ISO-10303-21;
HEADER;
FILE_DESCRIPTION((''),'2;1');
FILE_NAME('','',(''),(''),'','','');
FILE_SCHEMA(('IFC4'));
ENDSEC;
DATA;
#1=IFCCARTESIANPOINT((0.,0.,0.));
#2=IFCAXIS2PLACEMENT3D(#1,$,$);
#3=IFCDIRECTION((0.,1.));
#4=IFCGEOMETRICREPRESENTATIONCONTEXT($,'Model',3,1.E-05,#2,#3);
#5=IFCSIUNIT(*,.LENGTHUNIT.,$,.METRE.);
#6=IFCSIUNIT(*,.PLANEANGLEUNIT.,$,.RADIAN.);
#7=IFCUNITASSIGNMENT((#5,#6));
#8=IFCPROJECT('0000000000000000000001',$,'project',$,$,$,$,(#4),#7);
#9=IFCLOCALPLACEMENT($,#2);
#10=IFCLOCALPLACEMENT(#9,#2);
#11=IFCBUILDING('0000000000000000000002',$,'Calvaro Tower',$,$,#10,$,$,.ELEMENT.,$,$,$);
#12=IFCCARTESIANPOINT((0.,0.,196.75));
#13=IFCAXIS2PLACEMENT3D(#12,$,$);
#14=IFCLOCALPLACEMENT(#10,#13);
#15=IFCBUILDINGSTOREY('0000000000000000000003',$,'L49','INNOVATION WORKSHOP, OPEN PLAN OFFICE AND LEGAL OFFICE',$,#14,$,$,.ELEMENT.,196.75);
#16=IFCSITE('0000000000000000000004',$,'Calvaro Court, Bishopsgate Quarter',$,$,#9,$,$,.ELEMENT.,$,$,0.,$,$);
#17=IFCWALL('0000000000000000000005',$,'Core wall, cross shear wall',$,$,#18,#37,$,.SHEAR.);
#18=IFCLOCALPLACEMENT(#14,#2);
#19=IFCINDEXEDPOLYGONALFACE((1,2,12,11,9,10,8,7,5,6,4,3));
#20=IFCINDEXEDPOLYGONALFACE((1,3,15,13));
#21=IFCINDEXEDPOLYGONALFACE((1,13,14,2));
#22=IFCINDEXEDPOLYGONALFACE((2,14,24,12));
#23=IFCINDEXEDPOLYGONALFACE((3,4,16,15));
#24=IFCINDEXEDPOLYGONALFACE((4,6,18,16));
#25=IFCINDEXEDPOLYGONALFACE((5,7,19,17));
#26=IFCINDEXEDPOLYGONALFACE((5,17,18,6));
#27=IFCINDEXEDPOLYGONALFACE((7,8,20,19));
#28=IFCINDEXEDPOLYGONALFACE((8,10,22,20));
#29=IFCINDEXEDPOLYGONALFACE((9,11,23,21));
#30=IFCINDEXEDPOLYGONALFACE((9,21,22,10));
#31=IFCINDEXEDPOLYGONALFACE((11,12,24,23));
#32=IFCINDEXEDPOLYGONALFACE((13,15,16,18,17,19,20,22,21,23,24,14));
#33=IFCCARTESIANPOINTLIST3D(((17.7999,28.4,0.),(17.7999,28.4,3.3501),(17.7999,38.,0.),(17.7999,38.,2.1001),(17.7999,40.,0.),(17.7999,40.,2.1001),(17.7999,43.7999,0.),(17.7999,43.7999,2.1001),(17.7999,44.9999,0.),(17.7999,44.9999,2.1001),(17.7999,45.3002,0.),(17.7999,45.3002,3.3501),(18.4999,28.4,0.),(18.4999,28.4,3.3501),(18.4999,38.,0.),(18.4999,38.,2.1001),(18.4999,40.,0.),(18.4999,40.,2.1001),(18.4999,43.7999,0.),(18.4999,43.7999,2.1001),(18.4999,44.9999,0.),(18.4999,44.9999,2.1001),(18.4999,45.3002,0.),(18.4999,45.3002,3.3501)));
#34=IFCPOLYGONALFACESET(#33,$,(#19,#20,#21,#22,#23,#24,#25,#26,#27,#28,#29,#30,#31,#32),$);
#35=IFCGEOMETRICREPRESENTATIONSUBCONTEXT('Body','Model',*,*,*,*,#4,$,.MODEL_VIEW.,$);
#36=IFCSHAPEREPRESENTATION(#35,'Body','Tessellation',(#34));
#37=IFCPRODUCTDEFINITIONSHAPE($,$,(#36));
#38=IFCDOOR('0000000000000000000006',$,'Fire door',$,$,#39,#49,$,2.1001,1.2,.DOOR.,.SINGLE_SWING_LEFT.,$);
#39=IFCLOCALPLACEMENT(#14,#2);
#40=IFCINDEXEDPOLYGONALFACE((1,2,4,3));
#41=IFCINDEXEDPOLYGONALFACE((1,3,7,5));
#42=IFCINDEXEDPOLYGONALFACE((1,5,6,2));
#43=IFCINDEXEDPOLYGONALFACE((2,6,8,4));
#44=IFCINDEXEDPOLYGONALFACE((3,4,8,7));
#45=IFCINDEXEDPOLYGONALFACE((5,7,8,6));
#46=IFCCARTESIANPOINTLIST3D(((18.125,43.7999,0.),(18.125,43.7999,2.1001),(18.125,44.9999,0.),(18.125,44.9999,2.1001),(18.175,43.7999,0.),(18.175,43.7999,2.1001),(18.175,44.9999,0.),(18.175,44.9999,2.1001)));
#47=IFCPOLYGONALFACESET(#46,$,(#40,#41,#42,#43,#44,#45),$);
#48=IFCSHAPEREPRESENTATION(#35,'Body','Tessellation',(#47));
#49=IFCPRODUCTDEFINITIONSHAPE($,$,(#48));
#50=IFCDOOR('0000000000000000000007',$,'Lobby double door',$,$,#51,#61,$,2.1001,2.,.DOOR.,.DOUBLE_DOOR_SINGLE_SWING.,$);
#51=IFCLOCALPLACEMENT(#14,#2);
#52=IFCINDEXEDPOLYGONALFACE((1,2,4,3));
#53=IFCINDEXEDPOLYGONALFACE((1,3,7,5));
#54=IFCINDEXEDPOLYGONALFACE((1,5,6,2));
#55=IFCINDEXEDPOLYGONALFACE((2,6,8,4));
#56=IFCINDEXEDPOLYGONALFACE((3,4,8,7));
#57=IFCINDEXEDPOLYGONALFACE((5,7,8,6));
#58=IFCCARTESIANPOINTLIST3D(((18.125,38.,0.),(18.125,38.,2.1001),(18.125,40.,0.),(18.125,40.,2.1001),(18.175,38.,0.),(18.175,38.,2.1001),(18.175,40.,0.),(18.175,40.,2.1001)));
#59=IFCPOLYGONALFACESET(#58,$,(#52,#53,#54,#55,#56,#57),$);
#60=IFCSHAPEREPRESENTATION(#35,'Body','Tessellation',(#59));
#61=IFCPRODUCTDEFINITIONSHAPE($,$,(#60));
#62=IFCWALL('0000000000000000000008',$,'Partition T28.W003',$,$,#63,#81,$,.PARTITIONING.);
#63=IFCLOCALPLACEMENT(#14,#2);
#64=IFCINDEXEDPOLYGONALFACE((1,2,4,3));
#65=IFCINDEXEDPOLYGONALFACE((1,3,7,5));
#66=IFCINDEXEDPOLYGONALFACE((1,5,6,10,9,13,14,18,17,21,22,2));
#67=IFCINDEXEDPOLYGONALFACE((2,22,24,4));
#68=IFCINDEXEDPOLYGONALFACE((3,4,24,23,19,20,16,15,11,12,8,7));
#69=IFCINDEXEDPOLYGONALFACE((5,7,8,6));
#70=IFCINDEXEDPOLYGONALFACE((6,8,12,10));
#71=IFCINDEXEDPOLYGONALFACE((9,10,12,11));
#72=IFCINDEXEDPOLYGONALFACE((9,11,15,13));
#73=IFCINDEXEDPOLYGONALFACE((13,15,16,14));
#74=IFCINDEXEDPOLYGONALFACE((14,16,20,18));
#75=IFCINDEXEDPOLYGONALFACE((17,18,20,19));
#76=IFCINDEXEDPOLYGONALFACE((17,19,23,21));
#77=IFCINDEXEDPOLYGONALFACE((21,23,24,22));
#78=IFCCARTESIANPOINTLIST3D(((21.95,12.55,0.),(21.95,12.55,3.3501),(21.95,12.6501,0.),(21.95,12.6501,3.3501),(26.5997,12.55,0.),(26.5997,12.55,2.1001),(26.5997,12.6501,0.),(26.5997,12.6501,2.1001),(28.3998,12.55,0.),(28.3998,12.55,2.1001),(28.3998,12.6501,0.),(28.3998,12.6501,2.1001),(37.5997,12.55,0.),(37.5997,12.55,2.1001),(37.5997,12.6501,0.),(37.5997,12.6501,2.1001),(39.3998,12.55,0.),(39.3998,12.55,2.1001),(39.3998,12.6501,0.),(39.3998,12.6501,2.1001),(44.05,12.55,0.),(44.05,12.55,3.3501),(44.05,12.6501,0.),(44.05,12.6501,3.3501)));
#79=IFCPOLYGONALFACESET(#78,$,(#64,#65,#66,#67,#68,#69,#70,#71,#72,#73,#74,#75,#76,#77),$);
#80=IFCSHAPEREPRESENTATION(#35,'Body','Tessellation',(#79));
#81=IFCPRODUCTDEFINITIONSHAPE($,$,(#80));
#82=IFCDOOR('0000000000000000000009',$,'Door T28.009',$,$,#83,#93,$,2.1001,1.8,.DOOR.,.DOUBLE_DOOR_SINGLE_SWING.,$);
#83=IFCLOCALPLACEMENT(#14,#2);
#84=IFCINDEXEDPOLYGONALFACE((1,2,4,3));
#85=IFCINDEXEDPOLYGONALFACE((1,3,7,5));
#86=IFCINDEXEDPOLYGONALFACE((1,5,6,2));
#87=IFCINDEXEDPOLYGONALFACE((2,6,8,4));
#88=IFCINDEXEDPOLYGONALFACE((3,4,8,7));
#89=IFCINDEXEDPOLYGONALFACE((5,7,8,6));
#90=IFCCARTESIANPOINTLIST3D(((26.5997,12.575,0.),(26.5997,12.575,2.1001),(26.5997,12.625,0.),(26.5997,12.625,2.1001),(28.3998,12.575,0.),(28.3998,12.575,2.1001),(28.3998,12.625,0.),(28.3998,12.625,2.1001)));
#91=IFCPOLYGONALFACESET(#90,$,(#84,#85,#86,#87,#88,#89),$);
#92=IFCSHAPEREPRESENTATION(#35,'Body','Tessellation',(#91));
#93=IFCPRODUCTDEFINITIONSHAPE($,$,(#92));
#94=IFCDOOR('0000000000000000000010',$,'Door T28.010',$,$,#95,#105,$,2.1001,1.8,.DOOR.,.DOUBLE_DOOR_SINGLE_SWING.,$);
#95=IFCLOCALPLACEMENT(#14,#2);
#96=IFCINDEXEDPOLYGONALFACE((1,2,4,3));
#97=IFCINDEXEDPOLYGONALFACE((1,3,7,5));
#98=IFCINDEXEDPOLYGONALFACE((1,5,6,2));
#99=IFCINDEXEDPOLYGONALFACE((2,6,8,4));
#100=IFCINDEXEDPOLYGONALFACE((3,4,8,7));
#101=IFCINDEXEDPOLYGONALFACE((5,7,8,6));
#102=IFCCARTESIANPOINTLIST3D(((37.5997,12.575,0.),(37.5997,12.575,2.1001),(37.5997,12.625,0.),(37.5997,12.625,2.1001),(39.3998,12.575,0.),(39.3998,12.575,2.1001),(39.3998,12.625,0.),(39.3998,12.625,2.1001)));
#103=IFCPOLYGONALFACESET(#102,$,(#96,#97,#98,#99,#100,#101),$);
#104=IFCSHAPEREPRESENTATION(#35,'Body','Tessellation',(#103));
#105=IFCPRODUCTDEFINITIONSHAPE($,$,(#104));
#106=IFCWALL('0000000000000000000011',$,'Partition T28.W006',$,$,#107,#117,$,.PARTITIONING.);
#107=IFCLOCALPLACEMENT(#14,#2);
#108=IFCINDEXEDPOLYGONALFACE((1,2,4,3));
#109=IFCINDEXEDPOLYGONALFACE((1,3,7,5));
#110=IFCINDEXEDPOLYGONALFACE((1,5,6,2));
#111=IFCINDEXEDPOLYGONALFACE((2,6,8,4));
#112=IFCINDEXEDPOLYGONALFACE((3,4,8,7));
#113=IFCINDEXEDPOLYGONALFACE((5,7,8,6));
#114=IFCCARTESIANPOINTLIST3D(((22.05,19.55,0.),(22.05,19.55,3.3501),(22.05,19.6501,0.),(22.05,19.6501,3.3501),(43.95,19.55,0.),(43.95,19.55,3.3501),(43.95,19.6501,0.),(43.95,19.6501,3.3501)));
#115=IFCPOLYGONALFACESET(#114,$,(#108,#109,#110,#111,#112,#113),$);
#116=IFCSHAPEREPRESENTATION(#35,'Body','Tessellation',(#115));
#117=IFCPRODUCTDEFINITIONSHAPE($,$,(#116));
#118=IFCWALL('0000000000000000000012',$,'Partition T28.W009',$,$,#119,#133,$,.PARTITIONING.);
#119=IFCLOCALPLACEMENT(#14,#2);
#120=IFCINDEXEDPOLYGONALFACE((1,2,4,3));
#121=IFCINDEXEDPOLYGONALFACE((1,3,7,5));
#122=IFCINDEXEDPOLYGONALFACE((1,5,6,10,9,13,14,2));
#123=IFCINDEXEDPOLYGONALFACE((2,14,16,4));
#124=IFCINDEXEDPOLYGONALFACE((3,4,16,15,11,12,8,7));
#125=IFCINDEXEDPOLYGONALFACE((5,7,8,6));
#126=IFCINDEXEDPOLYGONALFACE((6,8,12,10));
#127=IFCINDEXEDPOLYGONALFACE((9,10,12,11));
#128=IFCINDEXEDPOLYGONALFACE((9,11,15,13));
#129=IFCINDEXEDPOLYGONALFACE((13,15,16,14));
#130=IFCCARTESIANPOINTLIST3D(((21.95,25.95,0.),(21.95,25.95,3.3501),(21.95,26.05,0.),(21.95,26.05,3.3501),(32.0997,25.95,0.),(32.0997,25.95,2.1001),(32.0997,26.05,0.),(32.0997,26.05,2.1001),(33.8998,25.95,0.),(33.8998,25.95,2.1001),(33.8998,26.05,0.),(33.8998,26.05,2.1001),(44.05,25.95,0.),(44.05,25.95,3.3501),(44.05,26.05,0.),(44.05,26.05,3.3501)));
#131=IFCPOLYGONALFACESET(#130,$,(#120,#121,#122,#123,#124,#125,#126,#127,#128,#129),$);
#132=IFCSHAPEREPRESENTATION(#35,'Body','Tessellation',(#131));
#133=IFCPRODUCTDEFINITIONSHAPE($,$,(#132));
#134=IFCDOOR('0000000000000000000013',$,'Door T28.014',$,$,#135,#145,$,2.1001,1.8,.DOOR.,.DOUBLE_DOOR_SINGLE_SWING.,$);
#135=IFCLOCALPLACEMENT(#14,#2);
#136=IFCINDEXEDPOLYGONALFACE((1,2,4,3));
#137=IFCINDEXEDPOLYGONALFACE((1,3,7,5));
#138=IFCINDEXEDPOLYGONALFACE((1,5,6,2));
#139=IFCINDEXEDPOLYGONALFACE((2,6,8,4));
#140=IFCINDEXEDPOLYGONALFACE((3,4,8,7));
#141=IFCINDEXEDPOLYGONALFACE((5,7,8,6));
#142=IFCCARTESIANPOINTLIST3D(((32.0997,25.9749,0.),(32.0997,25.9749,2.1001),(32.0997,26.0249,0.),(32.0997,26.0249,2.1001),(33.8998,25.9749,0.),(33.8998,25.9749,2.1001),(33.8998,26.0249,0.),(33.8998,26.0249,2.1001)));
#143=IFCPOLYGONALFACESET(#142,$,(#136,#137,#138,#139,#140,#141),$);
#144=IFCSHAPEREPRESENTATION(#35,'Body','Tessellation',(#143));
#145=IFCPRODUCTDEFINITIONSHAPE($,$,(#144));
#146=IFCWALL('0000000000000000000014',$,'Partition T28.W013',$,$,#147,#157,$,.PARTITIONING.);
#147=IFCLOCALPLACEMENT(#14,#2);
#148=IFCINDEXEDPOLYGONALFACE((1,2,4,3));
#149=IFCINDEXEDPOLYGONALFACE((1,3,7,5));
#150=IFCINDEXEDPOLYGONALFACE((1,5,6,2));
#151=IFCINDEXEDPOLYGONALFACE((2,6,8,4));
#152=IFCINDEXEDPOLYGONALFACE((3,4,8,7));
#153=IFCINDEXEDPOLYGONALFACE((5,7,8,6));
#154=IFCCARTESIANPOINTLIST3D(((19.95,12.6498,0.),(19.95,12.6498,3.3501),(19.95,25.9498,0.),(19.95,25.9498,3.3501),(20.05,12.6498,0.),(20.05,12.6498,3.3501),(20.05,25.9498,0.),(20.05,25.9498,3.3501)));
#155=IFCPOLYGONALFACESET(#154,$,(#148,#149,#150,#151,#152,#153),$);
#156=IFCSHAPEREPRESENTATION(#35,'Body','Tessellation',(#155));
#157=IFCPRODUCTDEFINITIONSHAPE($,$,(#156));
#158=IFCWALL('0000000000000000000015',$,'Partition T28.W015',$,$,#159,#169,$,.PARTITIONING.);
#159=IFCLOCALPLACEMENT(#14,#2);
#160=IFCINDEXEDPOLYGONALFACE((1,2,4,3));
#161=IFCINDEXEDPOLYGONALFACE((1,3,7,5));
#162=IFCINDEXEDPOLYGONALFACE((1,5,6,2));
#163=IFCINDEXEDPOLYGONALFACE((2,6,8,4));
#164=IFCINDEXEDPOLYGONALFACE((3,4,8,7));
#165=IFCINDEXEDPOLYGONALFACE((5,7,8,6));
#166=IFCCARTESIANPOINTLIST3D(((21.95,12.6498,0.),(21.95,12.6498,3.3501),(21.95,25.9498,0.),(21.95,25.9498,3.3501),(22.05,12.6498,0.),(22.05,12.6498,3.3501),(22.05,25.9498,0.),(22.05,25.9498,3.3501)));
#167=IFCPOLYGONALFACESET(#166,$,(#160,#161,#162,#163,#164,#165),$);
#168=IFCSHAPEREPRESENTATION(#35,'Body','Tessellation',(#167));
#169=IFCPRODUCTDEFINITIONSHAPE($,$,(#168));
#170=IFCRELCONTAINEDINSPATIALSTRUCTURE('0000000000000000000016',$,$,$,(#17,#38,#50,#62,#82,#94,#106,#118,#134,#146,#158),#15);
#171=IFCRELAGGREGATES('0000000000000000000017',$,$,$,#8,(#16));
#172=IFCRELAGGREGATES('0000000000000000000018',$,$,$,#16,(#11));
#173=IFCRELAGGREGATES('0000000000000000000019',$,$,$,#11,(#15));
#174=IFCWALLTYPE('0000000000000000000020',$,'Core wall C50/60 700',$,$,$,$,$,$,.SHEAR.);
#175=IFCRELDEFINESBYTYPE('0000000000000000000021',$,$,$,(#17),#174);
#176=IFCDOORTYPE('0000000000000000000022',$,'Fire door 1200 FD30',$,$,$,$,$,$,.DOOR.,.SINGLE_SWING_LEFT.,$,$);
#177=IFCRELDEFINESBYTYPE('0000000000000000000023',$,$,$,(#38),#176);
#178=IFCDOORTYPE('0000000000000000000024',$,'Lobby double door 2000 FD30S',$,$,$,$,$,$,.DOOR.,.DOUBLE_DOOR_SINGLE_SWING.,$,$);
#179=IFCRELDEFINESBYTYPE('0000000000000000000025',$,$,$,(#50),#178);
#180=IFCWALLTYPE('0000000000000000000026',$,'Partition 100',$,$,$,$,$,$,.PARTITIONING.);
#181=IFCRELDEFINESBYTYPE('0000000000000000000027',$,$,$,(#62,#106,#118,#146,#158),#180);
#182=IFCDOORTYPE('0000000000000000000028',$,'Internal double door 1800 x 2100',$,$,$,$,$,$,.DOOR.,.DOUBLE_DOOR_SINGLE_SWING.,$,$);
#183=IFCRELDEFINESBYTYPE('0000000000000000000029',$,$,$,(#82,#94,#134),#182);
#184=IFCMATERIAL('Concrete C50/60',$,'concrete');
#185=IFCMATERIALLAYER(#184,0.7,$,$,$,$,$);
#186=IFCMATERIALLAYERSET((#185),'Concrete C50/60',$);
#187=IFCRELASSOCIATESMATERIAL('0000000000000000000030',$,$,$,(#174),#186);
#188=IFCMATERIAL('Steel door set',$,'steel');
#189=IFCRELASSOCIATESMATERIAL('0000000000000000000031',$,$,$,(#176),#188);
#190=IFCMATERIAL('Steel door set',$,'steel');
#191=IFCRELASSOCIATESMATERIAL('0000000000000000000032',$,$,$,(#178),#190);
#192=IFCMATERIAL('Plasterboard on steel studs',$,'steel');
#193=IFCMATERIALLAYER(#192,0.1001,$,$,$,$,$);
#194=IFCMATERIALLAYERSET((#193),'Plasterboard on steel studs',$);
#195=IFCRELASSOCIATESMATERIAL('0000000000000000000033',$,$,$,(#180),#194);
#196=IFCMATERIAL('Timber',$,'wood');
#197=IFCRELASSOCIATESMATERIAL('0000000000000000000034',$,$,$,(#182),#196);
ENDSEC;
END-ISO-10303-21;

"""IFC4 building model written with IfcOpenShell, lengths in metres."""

from ifc_helpers import new_model, si_unit, direction, frame, frame_2d, origin, place, context, subcontext, project, spatial, rectangle, extrude, material, layer, layer_set, type_object, element, fill, save


model = new_model("IFC4")

# Units and contexts
model_context = context("Model", 3, precision=1e-05, world=origin(), true_north=direction((0.0, 1.0)))
body_context = subcontext(model_context, "Body", "Model", "MODEL_VIEW")
ifc_project = project(units=[si_unit("LENGTHUNIT", "METRE"), si_unit("PLANEANGLEUNIT", "RADIAN")], contexts=[model_context])

# Site, building, storey
site_placement = place(None, origin())
site = spatial("IfcSite", under=ifc_project, at=site_placement, Name="Calvaro Court, Bishopsgate Quarter", CompositionType="ELEMENT", RefElevation=0.0)
building_placement = place(site_placement, origin())
building = spatial("IfcBuilding", under=site, at=building_placement, Name="Calvaro Tower", CompositionType="ELEMENT")
storey_placement = place(building_placement, frame((0.0, 0.0, 196.75)))
storey = spatial("IfcBuildingStorey", under=building, at=storey_placement, Name="L49", Description="INNOVATION WORKSHOP, OPEN PLAN OFFICE AND LEGAL OFFICE", CompositionType="ELEMENT", Elevation=196.75)

# Walls, openings, doors
ifc_material_1 = material(Name="Concrete C50/60", Category="concrete")
ifc_layer_1 = layer(ifc_material_1, 0.7)
ifc_layer_set_1 = layer_set([ifc_layer_1], Name="Concrete C50/60")
wall_type_1 = type_object("IfcWallType", Name="Core wall C50/60 700", PredefinedType="SHEAR", material=ifc_layer_set_1)
wall_1_placement = place(storey_placement, frame((18.1499, 28.3999, 0.0), z_axis=(0.0, 0.0, 1.0), x_axis=(0.0, 1.0, 0.0)))
wall_1 = element("IfcWall", 1, at=wall_1_placement, inside=storey, type_object=wall_type_1, Name="Core wall, cross shear wall", PredefinedType="SHEAR", context=body_context, shape_type="SweptSolid", body=[
    extrude(rectangle(XDim=16.9001, YDim=0.7, at=frame_2d((8.4502, 0.0))), origin(), (0.0, 0.0, 1.0), 3.3501),
])
opening_1_placement = place(wall_1_placement, frame((9.6001, 0.0, 0.0)))
opening_1 = element("IfcOpeningElement", 2, at=opening_1_placement, cuts=wall_1, PredefinedType="OPENING", context=body_context, shape_type="SweptSolid", body=[
    extrude(rectangle(XDim=2.0, YDim=2.1001, at=frame_2d((1.0, 1.05))), frame((0.0, 0.3599, 0.0), z_axis=(0.0, -1.0, 0.0), x_axis=(1.0, 0.0, 0.0)), (0.0, 0.0, 1.0), 0.72),
])
opening_2_placement = place(wall_1_placement, frame((15.3999, 0.0, 0.0)))
opening_2 = element("IfcOpeningElement", 3, at=opening_2_placement, cuts=wall_1, PredefinedType="OPENING", context=body_context, shape_type="SweptSolid", body=[
    extrude(rectangle(XDim=1.2, YDim=2.1001, at=frame_2d((0.6001, 1.05))), frame((0.0, 0.3599, 0.0), z_axis=(0.0, -1.0, 0.0), x_axis=(1.0, 0.0, 0.0)), (0.0, 0.0, 1.0), 0.72),
])
ifc_material_2 = material(Name="Steel door set", Category="steel")
door_type_1 = type_object("IfcDoorType", Name="Fire door 1200 FD30", OperationType="SINGLE_SWING_LEFT", PredefinedType="DOOR", material=ifc_material_2)
door_1_placement = place(opening_2_placement, origin())
door_1 = element("IfcDoor", 4, at=door_1_placement, inside=storey, type_object=door_type_1, Name="Fire door", OperationType="SINGLE_SWING_LEFT", OverallHeight=2.1001, OverallWidth=1.2, PredefinedType="DOOR", context=body_context, shape_type="SweptSolid", body=[
    extrude(rectangle(XDim=1.2, YDim=2.1001, at=frame_2d((0.6001, 1.05))), frame((0.0, 0.0249, 0.0), z_axis=(0.0, -1.0, 0.0), x_axis=(1.0, 0.0, 0.0)), (0.0, 0.0, 1.0), 0.05),
])
fill(opening_2, door_1)
ifc_material_3 = material(Name="Steel door set", Category="steel")
door_type_2 = type_object("IfcDoorType", Name="Lobby double door 2000 FD30S", OperationType="DOUBLE_DOOR_SINGLE_SWING", PredefinedType="DOOR", material=ifc_material_3)
door_2_placement = place(opening_1_placement, origin())
door_2 = element("IfcDoor", 5, at=door_2_placement, inside=storey, type_object=door_type_2, Name="Lobby double door", OperationType="DOUBLE_DOOR_SINGLE_SWING", OverallHeight=2.1001, OverallWidth=2.0, PredefinedType="DOOR", context=body_context, shape_type="SweptSolid", body=[
    extrude(rectangle(XDim=2.0, YDim=2.1001, at=frame_2d((1.0, 1.05))), frame((0.0, 0.0249, 0.0), z_axis=(0.0, -1.0, 0.0), x_axis=(1.0, 0.0, 0.0)), (0.0, 0.0, 1.0), 0.05),
])
fill(opening_1, door_2)
ifc_material_4 = material(Name="Plasterboard on steel studs", Category="steel")
ifc_layer_2 = layer(ifc_material_4, 0.1001)
ifc_layer_set_2 = layer_set([ifc_layer_2], Name="Plasterboard on steel studs")
wall_type_2 = type_object("IfcWallType", Name="Partition 100", PredefinedType="PARTITIONING", material=ifc_layer_set_2)
wall_2_placement = place(storey_placement, frame((21.95, 12.6001, 0.0), z_axis=(0.0, 0.0, 1.0), x_axis=(1.0, 0.0, 0.0)))
wall_2 = element("IfcWall", 6, at=wall_2_placement, inside=storey, type_object=wall_type_2, Name="Partition T28.W003", PredefinedType="PARTITIONING", context=body_context, shape_type="SweptSolid", body=[
    extrude(rectangle(XDim=22.1001, YDim=0.1001, at=frame_2d((11.05, 0.0))), origin(), (0.0, 0.0, 1.0), 3.3501),
])
opening_3_placement = place(wall_2_placement, frame((4.6499, 0.0, 0.0)))
opening_3 = element("IfcOpeningElement", 7, at=opening_3_placement, cuts=wall_2, PredefinedType="OPENING", context=body_context, shape_type="SweptSolid", body=[
    extrude(rectangle(XDim=1.8, YDim=2.1001, at=frame_2d((0.8999, 1.05))), frame((0.0, 0.0601, 0.0), z_axis=(0.0, -1.0, 0.0), x_axis=(1.0, 0.0, 0.0)), (0.0, 0.0, 1.0), 0.1201),
])
opening_4_placement = place(wall_2_placement, frame((15.6499, 0.0, 0.0)))
opening_4 = element("IfcOpeningElement", 8, at=opening_4_placement, cuts=wall_2, PredefinedType="OPENING", context=body_context, shape_type="SweptSolid", body=[
    extrude(rectangle(XDim=1.8, YDim=2.1001, at=frame_2d((0.8999, 1.05))), frame((0.0, 0.0601, 0.0), z_axis=(0.0, -1.0, 0.0), x_axis=(1.0, 0.0, 0.0)), (0.0, 0.0, 1.0), 0.1201),
])
ifc_material_5 = material(Name="Timber", Category="wood")
door_type_3 = type_object("IfcDoorType", Name="Internal double door 1800 x 2100", OperationType="DOUBLE_DOOR_SINGLE_SWING", PredefinedType="DOOR", material=ifc_material_5)
door_3_placement = place(opening_3_placement, origin())
door_3 = element("IfcDoor", 9, at=door_3_placement, inside=storey, type_object=door_type_3, Name="Door T28.009", OperationType="DOUBLE_DOOR_SINGLE_SWING", OverallHeight=2.1001, OverallWidth=1.8, PredefinedType="DOOR", context=body_context, shape_type="SweptSolid", body=[
    extrude(rectangle(XDim=1.8, YDim=2.1001, at=frame_2d((0.8999, 1.05))), frame((0.0, 0.0249, 0.0), z_axis=(0.0, -1.0, 0.0), x_axis=(1.0, 0.0, 0.0)), (0.0, 0.0, 1.0), 0.05),
])
fill(opening_3, door_3)
door_4_placement = place(opening_4_placement, origin())
door_4 = element("IfcDoor", 10, at=door_4_placement, inside=storey, type_object=door_type_3, Name="Door T28.010", OperationType="DOUBLE_DOOR_SINGLE_SWING", OverallHeight=2.1001, OverallWidth=1.8, PredefinedType="DOOR", context=body_context, shape_type="SweptSolid", body=[
    extrude(rectangle(XDim=1.8, YDim=2.1001, at=frame_2d((0.8999, 1.05))), frame((0.0, 0.0249, 0.0), z_axis=(0.0, -1.0, 0.0), x_axis=(1.0, 0.0, 0.0)), (0.0, 0.0, 1.0), 0.05),
])
fill(opening_4, door_4)

# Wall
wall_3_placement = place(storey_placement, frame((22.05, 19.6001, 0.0), z_axis=(0.0, 0.0, 1.0), x_axis=(1.0, 0.0, 0.0)))
element("IfcWall", 11, at=wall_3_placement, inside=storey, type_object=wall_type_2, Name="Partition T28.W006", PredefinedType="PARTITIONING", context=body_context, shape_type="SweptSolid", body=[
    extrude(rectangle(XDim=21.8999, YDim=0.1001, at=frame_2d((10.95, 0.0))), origin(), (0.0, 0.0, 1.0), 3.3501),
])

# Wall, opening, door
wall_4_placement = place(storey_placement, frame((21.95, 26.0, 0.0), z_axis=(0.0, 0.0, 1.0), x_axis=(1.0, 0.0, 0.0)))
wall_4 = element("IfcWall", 12, at=wall_4_placement, inside=storey, type_object=wall_type_2, Name="Partition T28.W009", PredefinedType="PARTITIONING", context=body_context, shape_type="SweptSolid", body=[
    extrude(rectangle(XDim=22.1001, YDim=0.1001, at=frame_2d((11.05, 0.0))), origin(), (0.0, 0.0, 1.0), 3.3501),
])
opening_5_placement = place(wall_4_placement, frame((10.1499, 0.0, 0.0)))
opening_5 = element("IfcOpeningElement", 13, at=opening_5_placement, cuts=wall_4, PredefinedType="OPENING", context=body_context, shape_type="SweptSolid", body=[
    extrude(rectangle(XDim=1.8, YDim=2.1001, at=frame_2d((0.8999, 1.05))), frame((0.0, 0.0601, 0.0), z_axis=(0.0, -1.0, 0.0), x_axis=(1.0, 0.0, 0.0)), (0.0, 0.0, 1.0), 0.1201),
])
door_5_placement = place(opening_5_placement, origin())
door_5 = element("IfcDoor", 14, at=door_5_placement, inside=storey, type_object=door_type_3, Name="Door T28.014", OperationType="DOUBLE_DOOR_SINGLE_SWING", OverallHeight=2.1001, OverallWidth=1.8, PredefinedType="DOOR", context=body_context, shape_type="SweptSolid", body=[
    extrude(rectangle(XDim=1.8, YDim=2.1001, at=frame_2d((0.8999, 1.05))), frame((0.0, 0.0249, 0.0), z_axis=(0.0, -1.0, 0.0), x_axis=(1.0, 0.0, 0.0)), (0.0, 0.0, 1.0), 0.05),
])
fill(opening_5, door_5)

# Walls
for number, where, z_axis, x_axis, name in (
    (15, (20.0, 12.6499, 0.0), (0.0, 0.0, 1.0), (0.0, 1.0, 0.0), "Partition T28.W013"),
    (16, (22.0, 12.6499, 0.0), (0.0, 0.0, 1.0), (0.0, 1.0, 0.0), "Partition T28.W015"),
):
    element("IfcWall", number, at=place(storey_placement, frame(where, z_axis=z_axis, x_axis=x_axis)), inside=storey, type_object=wall_type_2, Name=name, PredefinedType="PARTITIONING", context=body_context, shape_type="SweptSolid", body=[
        extrude(rectangle(XDim=13.3, YDim=0.1001, at=frame_2d((6.6499, 0.0))), origin(), (0.0, 0.0, 1.0), 3.3501),
    ])

save(model, "model.ifc")
